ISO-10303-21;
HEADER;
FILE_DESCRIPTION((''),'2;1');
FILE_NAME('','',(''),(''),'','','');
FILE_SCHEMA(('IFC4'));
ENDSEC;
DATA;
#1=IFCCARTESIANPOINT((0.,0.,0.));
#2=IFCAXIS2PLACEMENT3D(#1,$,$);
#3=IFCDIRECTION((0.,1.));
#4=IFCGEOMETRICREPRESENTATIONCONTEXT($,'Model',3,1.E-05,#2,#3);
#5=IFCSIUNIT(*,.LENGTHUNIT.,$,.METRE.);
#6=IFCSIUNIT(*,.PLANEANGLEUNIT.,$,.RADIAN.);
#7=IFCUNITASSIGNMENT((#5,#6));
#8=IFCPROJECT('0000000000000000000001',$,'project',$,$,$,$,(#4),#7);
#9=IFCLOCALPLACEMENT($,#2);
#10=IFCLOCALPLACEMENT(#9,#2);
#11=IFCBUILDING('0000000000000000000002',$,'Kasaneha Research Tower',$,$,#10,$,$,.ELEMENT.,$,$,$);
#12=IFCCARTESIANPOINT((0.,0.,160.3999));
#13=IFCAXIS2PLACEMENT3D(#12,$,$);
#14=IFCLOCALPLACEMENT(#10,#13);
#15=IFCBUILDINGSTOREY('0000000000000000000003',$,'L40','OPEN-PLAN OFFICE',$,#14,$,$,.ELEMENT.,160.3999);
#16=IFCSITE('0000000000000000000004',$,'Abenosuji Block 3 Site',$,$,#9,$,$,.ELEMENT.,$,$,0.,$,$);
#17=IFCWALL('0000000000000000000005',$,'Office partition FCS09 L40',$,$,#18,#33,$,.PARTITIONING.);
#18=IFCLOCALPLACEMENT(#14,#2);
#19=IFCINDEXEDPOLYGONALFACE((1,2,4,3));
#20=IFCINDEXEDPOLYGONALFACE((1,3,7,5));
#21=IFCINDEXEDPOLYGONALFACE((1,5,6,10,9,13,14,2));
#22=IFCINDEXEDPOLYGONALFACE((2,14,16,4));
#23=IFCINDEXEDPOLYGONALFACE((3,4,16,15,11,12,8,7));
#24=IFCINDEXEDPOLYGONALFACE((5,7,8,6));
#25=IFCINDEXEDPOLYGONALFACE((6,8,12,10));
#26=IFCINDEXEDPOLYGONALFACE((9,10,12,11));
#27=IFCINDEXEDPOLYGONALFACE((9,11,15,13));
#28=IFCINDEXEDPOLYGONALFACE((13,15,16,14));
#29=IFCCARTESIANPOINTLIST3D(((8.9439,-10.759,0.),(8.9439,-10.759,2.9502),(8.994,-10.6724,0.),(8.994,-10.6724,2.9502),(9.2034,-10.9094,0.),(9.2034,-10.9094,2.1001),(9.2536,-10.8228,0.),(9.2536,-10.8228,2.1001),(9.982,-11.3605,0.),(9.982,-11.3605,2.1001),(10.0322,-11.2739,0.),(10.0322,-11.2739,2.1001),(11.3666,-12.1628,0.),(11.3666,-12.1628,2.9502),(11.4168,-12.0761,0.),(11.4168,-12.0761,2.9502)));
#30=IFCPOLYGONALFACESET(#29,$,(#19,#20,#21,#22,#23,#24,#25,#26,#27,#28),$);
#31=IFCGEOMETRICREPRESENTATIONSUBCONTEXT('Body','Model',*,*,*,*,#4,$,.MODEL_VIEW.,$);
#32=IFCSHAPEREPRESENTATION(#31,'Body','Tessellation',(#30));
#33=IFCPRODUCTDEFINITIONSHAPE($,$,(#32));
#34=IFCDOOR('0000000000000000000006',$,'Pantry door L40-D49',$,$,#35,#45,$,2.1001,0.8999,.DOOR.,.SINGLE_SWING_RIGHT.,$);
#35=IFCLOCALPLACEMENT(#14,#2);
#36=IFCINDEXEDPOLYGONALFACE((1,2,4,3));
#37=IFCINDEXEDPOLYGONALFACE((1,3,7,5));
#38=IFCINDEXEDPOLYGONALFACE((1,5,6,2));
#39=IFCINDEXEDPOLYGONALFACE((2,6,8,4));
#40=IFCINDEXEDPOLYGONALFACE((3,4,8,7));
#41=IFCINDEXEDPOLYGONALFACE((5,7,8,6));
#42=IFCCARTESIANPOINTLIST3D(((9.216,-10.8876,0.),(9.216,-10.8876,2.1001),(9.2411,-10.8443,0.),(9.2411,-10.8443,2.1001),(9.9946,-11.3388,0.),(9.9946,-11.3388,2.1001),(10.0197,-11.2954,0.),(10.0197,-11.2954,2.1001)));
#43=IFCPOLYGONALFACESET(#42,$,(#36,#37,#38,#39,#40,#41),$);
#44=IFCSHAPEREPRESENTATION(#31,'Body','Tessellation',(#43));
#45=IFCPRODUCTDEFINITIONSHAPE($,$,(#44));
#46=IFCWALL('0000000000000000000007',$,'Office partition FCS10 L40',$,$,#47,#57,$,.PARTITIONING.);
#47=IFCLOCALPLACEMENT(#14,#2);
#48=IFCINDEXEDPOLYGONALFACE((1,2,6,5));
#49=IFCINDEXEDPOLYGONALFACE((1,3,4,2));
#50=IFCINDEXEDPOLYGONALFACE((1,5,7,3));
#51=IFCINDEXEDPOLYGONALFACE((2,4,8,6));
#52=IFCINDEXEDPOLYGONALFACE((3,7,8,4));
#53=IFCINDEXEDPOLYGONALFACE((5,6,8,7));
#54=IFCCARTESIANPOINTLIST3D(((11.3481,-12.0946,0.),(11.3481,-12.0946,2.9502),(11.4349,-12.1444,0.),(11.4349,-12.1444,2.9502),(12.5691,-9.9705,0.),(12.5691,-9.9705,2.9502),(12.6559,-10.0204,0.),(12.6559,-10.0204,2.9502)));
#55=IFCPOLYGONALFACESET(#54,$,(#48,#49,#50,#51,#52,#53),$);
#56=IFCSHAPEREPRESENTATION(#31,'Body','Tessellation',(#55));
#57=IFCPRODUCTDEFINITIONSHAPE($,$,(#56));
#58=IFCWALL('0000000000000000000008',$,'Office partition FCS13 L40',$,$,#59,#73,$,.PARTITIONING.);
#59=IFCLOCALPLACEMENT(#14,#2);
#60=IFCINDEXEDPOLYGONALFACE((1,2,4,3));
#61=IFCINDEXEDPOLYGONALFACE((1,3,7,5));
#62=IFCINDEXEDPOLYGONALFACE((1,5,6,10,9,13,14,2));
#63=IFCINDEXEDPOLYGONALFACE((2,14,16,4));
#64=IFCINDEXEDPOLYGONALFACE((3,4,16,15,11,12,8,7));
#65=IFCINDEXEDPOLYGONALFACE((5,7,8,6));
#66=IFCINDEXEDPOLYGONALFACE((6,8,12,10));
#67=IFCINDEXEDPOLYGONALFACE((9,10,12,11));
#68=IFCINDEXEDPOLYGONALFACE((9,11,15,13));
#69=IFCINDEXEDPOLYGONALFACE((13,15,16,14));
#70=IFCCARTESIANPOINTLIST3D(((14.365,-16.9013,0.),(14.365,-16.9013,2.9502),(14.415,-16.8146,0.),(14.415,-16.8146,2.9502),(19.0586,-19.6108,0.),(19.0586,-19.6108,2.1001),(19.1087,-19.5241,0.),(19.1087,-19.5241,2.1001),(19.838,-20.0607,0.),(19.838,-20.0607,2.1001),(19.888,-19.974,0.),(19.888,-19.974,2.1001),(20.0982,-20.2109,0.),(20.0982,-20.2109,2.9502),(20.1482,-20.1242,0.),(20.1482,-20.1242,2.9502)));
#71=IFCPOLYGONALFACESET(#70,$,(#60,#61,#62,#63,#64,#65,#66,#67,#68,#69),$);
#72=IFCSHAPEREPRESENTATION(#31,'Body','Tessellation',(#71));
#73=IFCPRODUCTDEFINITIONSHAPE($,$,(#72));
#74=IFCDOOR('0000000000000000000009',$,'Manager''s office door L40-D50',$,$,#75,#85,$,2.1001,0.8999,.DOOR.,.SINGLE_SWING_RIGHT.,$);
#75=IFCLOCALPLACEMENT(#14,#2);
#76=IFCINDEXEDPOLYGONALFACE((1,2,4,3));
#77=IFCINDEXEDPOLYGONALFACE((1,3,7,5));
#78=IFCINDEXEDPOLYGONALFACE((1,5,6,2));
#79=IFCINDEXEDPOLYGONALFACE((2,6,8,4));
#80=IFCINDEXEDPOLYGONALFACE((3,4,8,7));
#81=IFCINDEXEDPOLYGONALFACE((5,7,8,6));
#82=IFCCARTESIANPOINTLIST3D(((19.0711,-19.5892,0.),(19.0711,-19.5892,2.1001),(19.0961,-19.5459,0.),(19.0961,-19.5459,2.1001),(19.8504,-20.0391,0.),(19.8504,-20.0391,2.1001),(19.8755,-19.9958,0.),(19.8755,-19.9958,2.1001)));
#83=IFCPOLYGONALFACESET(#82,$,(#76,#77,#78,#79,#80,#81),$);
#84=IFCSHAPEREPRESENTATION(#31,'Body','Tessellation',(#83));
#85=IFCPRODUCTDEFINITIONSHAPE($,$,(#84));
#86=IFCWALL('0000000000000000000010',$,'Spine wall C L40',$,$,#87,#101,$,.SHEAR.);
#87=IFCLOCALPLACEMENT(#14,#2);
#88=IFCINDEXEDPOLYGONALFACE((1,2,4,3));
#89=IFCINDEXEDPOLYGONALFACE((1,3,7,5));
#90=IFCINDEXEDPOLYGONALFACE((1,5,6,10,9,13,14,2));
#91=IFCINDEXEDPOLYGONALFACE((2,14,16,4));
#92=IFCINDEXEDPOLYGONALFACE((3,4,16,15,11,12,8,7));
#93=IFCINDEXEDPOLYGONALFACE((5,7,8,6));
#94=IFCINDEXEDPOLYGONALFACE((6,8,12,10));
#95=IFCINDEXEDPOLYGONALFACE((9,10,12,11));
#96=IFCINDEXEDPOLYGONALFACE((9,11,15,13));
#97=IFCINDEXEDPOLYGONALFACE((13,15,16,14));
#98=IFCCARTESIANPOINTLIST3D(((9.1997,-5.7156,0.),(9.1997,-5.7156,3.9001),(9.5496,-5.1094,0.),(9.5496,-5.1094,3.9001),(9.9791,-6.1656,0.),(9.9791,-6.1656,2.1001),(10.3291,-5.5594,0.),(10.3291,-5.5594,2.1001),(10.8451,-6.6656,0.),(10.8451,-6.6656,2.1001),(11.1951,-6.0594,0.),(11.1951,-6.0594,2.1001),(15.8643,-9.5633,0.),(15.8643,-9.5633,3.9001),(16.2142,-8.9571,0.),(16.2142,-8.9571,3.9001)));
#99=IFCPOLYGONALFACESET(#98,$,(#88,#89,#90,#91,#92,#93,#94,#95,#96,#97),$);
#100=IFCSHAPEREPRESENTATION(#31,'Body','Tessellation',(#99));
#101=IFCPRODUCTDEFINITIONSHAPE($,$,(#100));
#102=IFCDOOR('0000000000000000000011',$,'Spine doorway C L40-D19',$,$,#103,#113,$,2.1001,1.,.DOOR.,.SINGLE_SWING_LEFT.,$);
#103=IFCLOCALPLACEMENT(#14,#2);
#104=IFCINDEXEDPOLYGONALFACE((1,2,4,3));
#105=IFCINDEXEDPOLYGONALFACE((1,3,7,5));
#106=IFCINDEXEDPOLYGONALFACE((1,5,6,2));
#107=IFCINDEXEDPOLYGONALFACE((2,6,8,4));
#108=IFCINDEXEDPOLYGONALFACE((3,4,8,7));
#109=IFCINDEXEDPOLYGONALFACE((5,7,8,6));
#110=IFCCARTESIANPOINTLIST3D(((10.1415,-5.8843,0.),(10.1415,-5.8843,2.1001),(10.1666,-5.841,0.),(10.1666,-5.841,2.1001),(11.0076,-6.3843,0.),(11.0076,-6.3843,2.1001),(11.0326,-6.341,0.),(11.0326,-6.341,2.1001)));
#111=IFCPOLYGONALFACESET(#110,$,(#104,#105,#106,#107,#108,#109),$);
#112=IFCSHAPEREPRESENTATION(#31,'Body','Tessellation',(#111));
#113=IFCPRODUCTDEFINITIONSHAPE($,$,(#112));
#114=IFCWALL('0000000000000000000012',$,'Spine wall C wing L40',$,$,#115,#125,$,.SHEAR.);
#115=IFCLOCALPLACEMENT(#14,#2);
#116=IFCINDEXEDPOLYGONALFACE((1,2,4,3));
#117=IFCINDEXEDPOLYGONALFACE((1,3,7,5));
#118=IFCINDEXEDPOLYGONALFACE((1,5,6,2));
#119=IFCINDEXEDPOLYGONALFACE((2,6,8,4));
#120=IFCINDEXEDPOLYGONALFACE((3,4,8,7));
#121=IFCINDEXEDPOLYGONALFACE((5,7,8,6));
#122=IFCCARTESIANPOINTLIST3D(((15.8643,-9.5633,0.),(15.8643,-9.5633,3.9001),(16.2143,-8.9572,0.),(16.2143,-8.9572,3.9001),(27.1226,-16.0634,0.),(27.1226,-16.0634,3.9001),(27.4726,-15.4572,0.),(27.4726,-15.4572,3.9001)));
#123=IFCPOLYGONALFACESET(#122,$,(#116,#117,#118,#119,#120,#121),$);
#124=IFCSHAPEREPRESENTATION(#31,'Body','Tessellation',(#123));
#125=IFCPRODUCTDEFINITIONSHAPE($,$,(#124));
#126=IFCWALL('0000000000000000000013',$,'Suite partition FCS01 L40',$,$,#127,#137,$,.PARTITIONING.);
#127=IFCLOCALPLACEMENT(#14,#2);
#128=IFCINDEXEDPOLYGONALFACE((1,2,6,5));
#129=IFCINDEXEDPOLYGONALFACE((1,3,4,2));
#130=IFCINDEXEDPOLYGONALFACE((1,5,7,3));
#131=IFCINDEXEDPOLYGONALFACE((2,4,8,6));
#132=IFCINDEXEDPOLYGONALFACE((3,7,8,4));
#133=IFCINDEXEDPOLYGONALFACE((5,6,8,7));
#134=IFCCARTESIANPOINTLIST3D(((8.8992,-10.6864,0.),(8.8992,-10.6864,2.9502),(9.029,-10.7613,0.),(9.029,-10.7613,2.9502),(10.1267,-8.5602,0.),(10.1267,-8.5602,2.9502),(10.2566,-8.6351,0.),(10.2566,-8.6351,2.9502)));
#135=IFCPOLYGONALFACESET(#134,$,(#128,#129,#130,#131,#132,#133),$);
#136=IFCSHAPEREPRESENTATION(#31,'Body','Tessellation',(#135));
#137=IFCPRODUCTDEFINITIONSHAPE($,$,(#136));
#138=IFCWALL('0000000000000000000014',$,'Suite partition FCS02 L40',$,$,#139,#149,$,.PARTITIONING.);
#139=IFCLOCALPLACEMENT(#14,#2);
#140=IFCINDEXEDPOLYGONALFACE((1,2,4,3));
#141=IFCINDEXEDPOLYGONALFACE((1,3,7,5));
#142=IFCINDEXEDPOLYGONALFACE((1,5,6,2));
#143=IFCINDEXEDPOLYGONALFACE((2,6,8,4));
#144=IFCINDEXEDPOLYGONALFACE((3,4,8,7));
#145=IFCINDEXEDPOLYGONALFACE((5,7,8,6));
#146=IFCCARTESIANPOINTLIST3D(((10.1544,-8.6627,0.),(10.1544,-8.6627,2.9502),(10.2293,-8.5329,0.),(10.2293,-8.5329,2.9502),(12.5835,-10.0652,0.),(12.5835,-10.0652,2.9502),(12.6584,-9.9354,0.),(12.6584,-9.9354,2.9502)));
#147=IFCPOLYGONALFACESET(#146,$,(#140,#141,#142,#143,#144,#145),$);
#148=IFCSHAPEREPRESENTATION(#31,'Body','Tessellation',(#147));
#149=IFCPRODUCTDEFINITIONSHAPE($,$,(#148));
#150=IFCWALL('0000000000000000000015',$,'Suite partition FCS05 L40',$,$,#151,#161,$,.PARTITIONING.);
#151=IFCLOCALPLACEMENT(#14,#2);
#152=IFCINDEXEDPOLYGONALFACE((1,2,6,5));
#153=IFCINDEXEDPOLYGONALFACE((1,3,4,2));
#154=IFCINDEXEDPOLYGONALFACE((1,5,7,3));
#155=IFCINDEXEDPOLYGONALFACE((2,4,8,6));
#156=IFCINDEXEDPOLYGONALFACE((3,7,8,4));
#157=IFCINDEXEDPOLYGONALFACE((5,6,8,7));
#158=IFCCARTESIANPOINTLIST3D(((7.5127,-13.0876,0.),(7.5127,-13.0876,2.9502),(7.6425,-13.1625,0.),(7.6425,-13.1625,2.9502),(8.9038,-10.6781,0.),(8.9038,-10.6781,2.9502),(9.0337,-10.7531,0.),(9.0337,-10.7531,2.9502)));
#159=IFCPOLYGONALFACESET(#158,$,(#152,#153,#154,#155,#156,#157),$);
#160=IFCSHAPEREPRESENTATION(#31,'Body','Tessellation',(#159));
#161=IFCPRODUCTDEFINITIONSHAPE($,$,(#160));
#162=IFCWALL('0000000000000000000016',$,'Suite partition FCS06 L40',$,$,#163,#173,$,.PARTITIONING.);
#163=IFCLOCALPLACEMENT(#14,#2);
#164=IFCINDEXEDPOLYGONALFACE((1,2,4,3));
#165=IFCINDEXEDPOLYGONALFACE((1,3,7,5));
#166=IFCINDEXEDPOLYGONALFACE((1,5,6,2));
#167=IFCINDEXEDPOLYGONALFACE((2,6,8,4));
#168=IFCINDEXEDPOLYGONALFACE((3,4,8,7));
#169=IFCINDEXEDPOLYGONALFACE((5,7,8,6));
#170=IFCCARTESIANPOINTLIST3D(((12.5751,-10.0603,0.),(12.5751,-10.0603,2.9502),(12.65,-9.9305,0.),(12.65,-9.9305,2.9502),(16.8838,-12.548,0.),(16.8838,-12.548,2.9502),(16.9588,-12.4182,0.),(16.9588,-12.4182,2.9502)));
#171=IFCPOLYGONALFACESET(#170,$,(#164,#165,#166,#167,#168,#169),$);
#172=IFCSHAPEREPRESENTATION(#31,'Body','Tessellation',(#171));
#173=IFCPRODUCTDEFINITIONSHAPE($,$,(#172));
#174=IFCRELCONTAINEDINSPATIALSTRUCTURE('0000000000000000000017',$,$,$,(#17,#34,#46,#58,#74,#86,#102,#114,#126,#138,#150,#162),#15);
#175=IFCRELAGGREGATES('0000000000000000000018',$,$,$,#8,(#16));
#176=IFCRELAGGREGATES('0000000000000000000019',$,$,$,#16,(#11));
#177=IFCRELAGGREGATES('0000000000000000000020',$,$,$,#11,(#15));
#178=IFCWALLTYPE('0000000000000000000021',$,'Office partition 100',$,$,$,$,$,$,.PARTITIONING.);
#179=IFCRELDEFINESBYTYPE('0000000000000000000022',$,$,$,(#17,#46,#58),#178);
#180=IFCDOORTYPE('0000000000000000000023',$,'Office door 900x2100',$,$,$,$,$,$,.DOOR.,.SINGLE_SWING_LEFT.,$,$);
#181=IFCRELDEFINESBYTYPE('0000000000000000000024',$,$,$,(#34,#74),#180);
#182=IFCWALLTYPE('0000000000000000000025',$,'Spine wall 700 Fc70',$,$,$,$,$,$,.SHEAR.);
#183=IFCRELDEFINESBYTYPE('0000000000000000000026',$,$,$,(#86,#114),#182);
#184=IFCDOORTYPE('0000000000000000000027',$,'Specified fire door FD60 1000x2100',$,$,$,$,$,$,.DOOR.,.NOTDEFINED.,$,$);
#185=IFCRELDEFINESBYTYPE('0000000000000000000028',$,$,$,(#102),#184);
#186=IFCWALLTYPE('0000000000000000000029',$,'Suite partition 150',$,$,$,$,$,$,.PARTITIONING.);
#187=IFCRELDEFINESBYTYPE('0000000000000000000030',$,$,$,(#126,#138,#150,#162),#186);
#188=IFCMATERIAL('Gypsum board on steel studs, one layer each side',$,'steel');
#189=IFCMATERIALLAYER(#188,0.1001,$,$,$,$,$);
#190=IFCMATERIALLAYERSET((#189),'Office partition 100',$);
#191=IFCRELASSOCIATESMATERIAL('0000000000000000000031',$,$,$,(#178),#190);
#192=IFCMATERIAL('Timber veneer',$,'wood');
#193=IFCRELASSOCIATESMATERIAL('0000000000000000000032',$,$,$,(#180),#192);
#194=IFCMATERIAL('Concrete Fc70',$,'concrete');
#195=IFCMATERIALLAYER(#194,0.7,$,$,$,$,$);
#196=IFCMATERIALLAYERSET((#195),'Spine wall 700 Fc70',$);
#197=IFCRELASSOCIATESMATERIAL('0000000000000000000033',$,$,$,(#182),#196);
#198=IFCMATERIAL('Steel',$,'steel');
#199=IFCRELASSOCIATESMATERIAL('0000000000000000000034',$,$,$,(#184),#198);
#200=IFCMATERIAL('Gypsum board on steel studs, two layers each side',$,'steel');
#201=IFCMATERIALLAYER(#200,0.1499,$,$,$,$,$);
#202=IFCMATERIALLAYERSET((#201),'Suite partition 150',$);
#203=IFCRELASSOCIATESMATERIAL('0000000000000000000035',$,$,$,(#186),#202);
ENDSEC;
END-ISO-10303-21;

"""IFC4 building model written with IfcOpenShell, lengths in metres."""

from ifc_helpers import new_model, si_unit, direction, frame, frame_2d, origin, place, context, subcontext, project, spatial, rectangle, extrude, material, layer, layer_set, type_object, element, fill, save


model = new_model("IFC4")

# Units and contexts
model_context = context("Model", 3, precision=1e-05, world=origin(), true_north=direction((0.0, 1.0)))
body_context = subcontext(model_context, "Body", "Model", "MODEL_VIEW")
ifc_project = project(units=[si_unit("LENGTHUNIT", "METRE"), si_unit("PLANEANGLEUNIT", "RADIAN")], contexts=[model_context])

# Site, building, storey
site_placement = place(None, origin())
site = spatial("IfcSite", under=ifc_project, at=site_placement, Name="Abenosuji Block 3 Site", CompositionType="ELEMENT", RefElevation=0.0)
building_placement = place(site_placement, origin())
building = spatial("IfcBuilding", under=site, at=building_placement, Name="Kasaneha Research Tower", CompositionType="ELEMENT")
storey_placement = place(building_placement, frame((0.0, 0.0, 160.3999)))
storey = spatial("IfcBuildingStorey", under=building, at=storey_placement, Name="L40", Description="OPEN-PLAN OFFICE", CompositionType="ELEMENT", Elevation=160.3999)

# Wall, opening, door
ifc_material_1 = material(Name="Gypsum board on steel studs, one layer each side", Category="steel")
ifc_layer_1 = layer(ifc_material_1, 0.1001)
ifc_layer_set_1 = layer_set([ifc_layer_1], Name="Office partition 100")
wall_type_1 = type_object("IfcWallType", Name="Office partition 100", PredefinedType="PARTITIONING", material=ifc_layer_set_1)
wall_1_placement = place(storey_placement, frame((11.3916, -12.1194, 0.0), z_axis=(0.0, 0.0, 1.0), x_axis=(-0.865255, 0.501332, 0.0)))
wall_1 = element("IfcWall", 1, at=wall_1_placement, inside=storey, type_object=wall_type_1, Name="Office partition FCS09 L40", PredefinedType="PARTITIONING", context=body_context, shape_type="SweptSolid", body=[
    extrude(rectangle(XDim=2.8, YDim=0.1001, at=frame_2d((1.3999, 0.0))), origin(), (0.0, 0.0, 1.0), 2.9502),
])
opening_1_placement = place(wall_1_placement, frame((1.6001, 0.0, 0.0)))
opening_1 = element("IfcOpeningElement", 2, at=opening_1_placement, cuts=wall_1, PredefinedType="OPENING", context=body_context, shape_type="SweptSolid", body=[
    extrude(rectangle(XDim=0.8999, YDim=2.1001, at=frame_2d((0.45, 1.05))), frame((0.0, 0.0601, 0.0), z_axis=(0.0, -1.0, 0.0), x_axis=(1.0, 0.0, 0.0)), (0.0, 0.0, 1.0), 0.1201),
])
ifc_material_2 = material(Name="Timber veneer", Category="wood")
door_type_1 = type_object("IfcDoorType", Name="Office door 900x2100", OperationType="SINGLE_SWING_LEFT", PredefinedType="DOOR", material=ifc_material_2)
door_1_placement = place(opening_1_placement, origin())
door_1 = element("IfcDoor", 3, at=door_1_placement, inside=storey, type_object=door_type_1, Name="Pantry door L40-D49", OperationType="SINGLE_SWING_RIGHT", OverallHeight=2.1001, OverallWidth=0.8999, PredefinedType="DOOR", context=body_context, shape_type="SweptSolid", body=[
    extrude(rectangle(XDim=0.8999, YDim=2.1001, at=frame_2d((0.45, 1.05))), frame((0.0, 0.0249, 0.0), z_axis=(0.0, -1.0, 0.0), x_axis=(1.0, 0.0, 0.0)), (0.0, 0.0, 1.0), 0.05),
])
fill(opening_1, door_1)

# Wall
wall_2_placement = place(storey_placement, frame((12.6125, -9.9954, 0.0), z_axis=(0.0, 0.0, 1.0), x_axis=(-0.498359, -0.866971, 0.0)))
element("IfcWall", 4, at=wall_2_placement, inside=storey, type_object=wall_type_1, Name="Office partition FCS10 L40", PredefinedType="PARTITIONING", context=body_context, shape_type="SweptSolid", body=[
    extrude(rectangle(XDim=2.45, YDim=0.1001, at=frame_2d((1.2251, 0.0))), origin(), (0.0, 0.0, 1.0), 2.9502),
])

# Walls, openings, doors
wall_3_placement = place(storey_placement, frame((14.3899, -16.8579, 0.0), z_axis=(0.0, 0.0, 1.0), x_axis=(0.866056, -0.499947, 0.0)))
wall_3 = element("IfcWall", 5, at=wall_3_placement, inside=storey, type_object=wall_type_1, Name="Office partition FCS13 L40", PredefinedType="PARTITIONING", context=body_context, shape_type="SweptSolid", body=[
    extrude(rectangle(XDim=6.6199, YDim=0.1001, at=frame_2d((3.3101, 0.0))), origin(), (0.0, 0.0, 1.0), 2.9502),
])
opening_2_placement = place(wall_3_placement, frame((5.4197, 0.0, 0.0)))
opening_2 = element("IfcOpeningElement", 6, at=opening_2_placement, cuts=wall_3, PredefinedType="OPENING", context=body_context, shape_type="SweptSolid", body=[
    extrude(rectangle(XDim=0.8999, YDim=2.1001, at=frame_2d((0.45, 1.05))), frame((0.0, 0.0601, 0.0), z_axis=(0.0, -1.0, 0.0), x_axis=(1.0, 0.0, 0.0)), (0.0, 0.0, 1.0), 0.1201),
])
door_2_placement = place(opening_2_placement, origin())
door_2 = element("IfcDoor", 7, at=door_2_placement, inside=storey, type_object=door_type_1, Name="Manager's office door L40-D50", OperationType="SINGLE_SWING_RIGHT", OverallHeight=2.1001, OverallWidth=0.8999, PredefinedType="DOOR", context=body_context, shape_type="SweptSolid", body=[
    extrude(rectangle(XDim=0.8999, YDim=2.1001, at=frame_2d((0.45, 1.05))), frame((0.0, 0.0249, 0.0), z_axis=(0.0, -1.0, 0.0), x_axis=(1.0, 0.0, 0.0)), (0.0, 0.0, 1.0), 0.05),
])
fill(opening_2, door_2)
ifc_material_3 = material(Name="Concrete Fc70", Category="concrete")
ifc_layer_2 = layer(ifc_material_3, 0.7)
ifc_layer_set_2 = layer_set([ifc_layer_2], Name="Spine wall 700 Fc70")
wall_type_2 = type_object("IfcWallType", Name="Spine wall 700 Fc70", PredefinedType="SHEAR", material=ifc_layer_set_2)
wall_4_placement = place(storey_placement, frame((9.3748, -5.4126, 0.0), z_axis=(0.0, 0.0, 1.0), x_axis=(0.866032, -0.499988, 0.0)))
wall_4 = element("IfcWall", 8, at=wall_4_placement, inside=storey, type_object=wall_type_2, Name="Spine wall C L40", PredefinedType="SHEAR", context=body_context, shape_type="SweptSolid", body=[
    extrude(rectangle(XDim=7.6956, YDim=0.7, at=frame_2d((3.8477, 0.0))), origin(), (0.0, 0.0, 1.0), 3.9001),
])
opening_3_placement = place(wall_4_placement, frame((0.8999, 0.0, 0.0)))
opening_3 = element("IfcOpeningElement", 9, at=opening_3_placement, cuts=wall_4, PredefinedType="OPENING", context=body_context, shape_type="SweptSolid", body=[
    extrude(rectangle(XDim=1.0, YDim=2.1001, at=frame_2d((0.5, 1.05))), frame((0.0, 0.3599, 0.0), z_axis=(0.0, -1.0, 0.0), x_axis=(1.0, 0.0, 0.0)), (0.0, 0.0, 1.0), 0.72),
])
ifc_material_4 = material(Name="Steel", Category="steel")
door_type_2 = type_object("IfcDoorType", Name="Specified fire door FD60 1000x2100", OperationType="NOTDEFINED", PredefinedType="DOOR", material=ifc_material_4)
door_3_placement = place(opening_3_placement, origin())
door_3 = element("IfcDoor", 10, at=door_3_placement, inside=storey, type_object=door_type_2, Name="Spine doorway C L40-D19", OperationType="SINGLE_SWING_LEFT", OverallHeight=2.1001, OverallWidth=1.0, PredefinedType="DOOR", context=body_context, shape_type="SweptSolid", body=[
    extrude(rectangle(XDim=1.0, YDim=2.1001, at=frame_2d((0.5, 1.05))), frame((0.0, 0.0249, 0.0), z_axis=(0.0, -1.0, 0.0), x_axis=(1.0, 0.0, 0.0)), (0.0, 0.0, 1.0), 0.05),
])
fill(opening_3, door_3)

# Walls
wall_5_placement = place(storey_placement, frame((16.0393, -9.2603, 0.0), z_axis=(0.0, 0.0, 1.0), x_axis=(0.866025, -0.500001, 0.0)))
element("IfcWall", 11, at=wall_5_placement, inside=storey, type_object=wall_type_2, Name="Spine wall C wing L40", PredefinedType="SHEAR", context=body_context, shape_type="SweptSolid", body=[
    extrude(rectangle(XDim=13.0, YDim=0.7, at=frame_2d((6.5, 0.0))), origin(), (0.0, 0.0, 1.0), 3.9001),
])
ifc_material_5 = material(Name="Gypsum board on steel studs, two layers each side", Category="steel")
ifc_layer_3 = layer(ifc_material_5, 0.1499)
ifc_layer_set_3 = layer_set([ifc_layer_3], Name="Suite partition 150")
wall_type_3 = type_object("IfcWallType", Name="Suite partition 150", PredefinedType="PARTITIONING", material=ifc_layer_set_3)
wall_6_placement = place(storey_placement, frame((10.1917, -8.5977, 0.0), z_axis=(0.0, 0.0, 1.0), x_axis=(-0.499989, -0.866032, 0.0)))
element("IfcWall", 12, at=wall_6_placement, inside=storey, type_object=wall_type_3, Name="Suite partition FCS01 L40", PredefinedType="PARTITIONING", context=body_context, shape_type="SweptSolid", body=[
    extrude(rectangle(XDim=2.4551, YDim=0.1499, at=frame_2d((1.2275, 0.0))), origin(), (0.0, 0.0, 1.0), 2.9502),
])
wall_7_placement = place(storey_placement, frame((12.6208, -10.0002, 0.0), z_axis=(0.0, 0.0, 1.0), x_axis=(-0.866012, 0.500024, 0.0)))
element("IfcWall", 13, at=wall_7_placement, inside=storey, type_object=wall_type_3, Name="Suite partition FCS02 L40", PredefinedType="PARTITIONING", context=body_context, shape_type="SweptSolid", body=[
    extrude(rectangle(XDim=2.8049, YDim=0.1499, at=frame_2d((1.4023, 0.0))), origin(), (0.0, 0.0, 1.0), 2.9502),
])
wall_8_placement = place(storey_placement, frame((8.9688, -10.7156, 0.0), z_axis=(0.0, 0.0, 1.0), x_axis=(-0.500009, -0.86602, 0.0)))
element("IfcWall", 14, at=wall_8_placement, inside=storey, type_object=wall_type_3, Name="Suite partition FCS05 L40", PredefinedType="PARTITIONING", context=body_context, shape_type="SweptSolid", body=[
    extrude(rectangle(XDim=2.7822, YDim=0.1499, at=frame_2d((1.3911, 0.0))), origin(), (0.0, 0.0, 1.0), 2.9502),
])
wall_9_placement = place(storey_placement, frame((16.9214, -12.4832, 0.0), z_axis=(0.0, 0.0, 1.0), x_axis=(-0.866018, 0.500013, 0.0)))
element("IfcWall", 15, at=wall_9_placement, inside=storey, type_object=wall_type_3, Name="Suite partition FCS06 L40", PredefinedType="PARTITIONING", context=body_context, shape_type="SweptSolid", body=[
    extrude(rectangle(XDim=4.9753, YDim=0.1499, at=frame_2d((2.4878, 0.0))), origin(), (0.0, 0.0, 1.0), 2.9502),
])

save(model, "model.ifc")
